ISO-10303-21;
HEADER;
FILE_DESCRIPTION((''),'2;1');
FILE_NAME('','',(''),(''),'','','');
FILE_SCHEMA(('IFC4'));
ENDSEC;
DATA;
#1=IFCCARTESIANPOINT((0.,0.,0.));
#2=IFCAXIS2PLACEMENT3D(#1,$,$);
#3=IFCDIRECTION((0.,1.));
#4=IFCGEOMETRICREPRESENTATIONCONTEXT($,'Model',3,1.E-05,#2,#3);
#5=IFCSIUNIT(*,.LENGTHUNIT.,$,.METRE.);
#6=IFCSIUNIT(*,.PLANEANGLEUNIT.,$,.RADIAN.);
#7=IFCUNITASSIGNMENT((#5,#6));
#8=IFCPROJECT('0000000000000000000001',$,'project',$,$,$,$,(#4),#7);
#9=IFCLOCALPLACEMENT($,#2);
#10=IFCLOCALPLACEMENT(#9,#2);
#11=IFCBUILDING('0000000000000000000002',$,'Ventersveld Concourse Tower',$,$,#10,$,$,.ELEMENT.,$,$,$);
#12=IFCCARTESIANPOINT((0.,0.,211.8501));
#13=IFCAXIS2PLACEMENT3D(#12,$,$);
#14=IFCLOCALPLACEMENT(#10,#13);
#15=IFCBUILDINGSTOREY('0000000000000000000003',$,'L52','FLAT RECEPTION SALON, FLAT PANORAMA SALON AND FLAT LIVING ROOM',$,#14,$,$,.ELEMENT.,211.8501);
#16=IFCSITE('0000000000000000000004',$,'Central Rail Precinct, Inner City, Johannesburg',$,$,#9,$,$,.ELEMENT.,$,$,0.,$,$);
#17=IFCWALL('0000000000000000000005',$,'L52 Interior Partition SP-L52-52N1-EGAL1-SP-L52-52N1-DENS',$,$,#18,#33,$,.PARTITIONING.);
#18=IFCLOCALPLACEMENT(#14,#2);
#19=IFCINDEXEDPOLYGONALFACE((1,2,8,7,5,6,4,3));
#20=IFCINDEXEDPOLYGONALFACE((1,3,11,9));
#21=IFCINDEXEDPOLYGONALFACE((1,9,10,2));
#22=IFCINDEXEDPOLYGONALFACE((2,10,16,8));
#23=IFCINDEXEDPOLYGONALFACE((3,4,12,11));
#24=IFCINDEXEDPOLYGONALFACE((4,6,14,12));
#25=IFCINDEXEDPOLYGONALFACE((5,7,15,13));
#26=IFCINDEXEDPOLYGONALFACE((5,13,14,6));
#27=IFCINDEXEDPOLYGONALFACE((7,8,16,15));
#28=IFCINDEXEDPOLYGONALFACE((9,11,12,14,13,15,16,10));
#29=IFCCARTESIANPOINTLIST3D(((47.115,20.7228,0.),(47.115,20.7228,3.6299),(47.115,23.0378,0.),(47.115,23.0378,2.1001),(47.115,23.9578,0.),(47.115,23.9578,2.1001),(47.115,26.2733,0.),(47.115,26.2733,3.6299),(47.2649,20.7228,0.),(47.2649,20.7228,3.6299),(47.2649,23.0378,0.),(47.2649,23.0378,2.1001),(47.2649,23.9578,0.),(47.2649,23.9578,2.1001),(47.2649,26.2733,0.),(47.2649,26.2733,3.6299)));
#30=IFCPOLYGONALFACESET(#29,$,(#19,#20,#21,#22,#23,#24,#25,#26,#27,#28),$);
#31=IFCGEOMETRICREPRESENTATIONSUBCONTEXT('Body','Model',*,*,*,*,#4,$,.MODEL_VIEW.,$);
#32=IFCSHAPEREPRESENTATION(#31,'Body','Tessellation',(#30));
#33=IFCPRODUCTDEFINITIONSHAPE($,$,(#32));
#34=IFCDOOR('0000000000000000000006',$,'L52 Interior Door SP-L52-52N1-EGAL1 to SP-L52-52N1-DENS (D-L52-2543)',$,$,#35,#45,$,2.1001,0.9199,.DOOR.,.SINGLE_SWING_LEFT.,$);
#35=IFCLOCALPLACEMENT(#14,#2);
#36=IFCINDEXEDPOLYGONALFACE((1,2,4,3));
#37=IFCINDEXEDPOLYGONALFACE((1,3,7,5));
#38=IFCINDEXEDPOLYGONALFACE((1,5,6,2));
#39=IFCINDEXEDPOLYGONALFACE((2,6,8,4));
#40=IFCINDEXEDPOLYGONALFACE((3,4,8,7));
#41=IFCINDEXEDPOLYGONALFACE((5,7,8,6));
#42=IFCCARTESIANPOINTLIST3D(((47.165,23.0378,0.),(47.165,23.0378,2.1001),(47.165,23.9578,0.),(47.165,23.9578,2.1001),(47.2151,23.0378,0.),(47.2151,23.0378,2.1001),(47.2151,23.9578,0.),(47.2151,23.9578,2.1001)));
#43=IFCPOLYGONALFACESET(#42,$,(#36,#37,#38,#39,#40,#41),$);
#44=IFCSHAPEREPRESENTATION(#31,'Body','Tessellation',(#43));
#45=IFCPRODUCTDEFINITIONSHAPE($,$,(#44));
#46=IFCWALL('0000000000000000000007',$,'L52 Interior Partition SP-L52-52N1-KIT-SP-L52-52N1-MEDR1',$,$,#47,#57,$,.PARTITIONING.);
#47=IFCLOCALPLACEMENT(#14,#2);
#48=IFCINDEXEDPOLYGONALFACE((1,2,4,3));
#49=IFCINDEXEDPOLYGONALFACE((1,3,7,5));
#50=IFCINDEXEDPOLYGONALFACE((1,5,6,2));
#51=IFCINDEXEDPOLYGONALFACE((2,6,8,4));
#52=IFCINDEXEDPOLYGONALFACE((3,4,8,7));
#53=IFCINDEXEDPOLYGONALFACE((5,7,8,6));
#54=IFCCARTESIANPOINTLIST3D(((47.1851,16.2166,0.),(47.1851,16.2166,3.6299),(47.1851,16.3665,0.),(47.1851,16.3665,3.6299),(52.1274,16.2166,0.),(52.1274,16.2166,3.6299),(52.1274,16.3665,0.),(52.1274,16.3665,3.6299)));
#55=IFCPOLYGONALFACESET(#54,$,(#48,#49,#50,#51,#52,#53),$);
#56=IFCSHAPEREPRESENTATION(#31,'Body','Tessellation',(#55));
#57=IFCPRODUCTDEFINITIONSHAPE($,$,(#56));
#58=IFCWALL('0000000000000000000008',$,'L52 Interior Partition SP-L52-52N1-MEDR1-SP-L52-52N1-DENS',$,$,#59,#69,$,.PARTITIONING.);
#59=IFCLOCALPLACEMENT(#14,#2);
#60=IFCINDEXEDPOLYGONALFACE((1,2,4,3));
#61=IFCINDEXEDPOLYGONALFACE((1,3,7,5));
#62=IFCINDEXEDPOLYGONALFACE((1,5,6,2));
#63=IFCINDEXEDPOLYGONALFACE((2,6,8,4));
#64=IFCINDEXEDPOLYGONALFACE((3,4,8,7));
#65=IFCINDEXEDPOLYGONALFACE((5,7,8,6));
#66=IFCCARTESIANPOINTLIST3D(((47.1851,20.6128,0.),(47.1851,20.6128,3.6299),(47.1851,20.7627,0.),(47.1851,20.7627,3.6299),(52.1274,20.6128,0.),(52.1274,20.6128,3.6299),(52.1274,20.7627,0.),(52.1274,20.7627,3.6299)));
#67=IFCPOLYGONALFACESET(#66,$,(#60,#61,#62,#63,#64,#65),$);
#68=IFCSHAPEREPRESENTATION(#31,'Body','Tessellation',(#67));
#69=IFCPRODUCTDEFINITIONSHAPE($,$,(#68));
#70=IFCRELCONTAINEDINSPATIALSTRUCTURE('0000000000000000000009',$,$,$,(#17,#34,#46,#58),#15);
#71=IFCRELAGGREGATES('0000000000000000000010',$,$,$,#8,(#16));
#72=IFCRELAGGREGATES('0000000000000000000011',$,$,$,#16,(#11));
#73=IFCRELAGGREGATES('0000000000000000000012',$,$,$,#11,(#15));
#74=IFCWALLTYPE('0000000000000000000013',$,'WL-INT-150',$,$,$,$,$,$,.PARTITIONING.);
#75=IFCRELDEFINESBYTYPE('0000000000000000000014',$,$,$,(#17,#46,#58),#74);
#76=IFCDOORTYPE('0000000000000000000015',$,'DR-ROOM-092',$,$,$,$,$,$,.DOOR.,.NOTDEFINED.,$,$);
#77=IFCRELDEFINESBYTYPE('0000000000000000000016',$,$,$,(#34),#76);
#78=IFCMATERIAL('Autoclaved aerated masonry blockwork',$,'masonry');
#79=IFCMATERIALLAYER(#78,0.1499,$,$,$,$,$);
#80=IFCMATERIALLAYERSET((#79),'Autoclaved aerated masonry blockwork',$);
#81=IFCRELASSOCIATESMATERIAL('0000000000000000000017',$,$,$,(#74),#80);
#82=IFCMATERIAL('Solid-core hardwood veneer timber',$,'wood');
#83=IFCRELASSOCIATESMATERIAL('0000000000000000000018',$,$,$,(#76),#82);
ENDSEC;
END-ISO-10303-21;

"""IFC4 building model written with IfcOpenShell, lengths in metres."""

from ifc_helpers import new_model, si_unit, direction, frame, frame_2d, origin, place, context, subcontext, project, spatial, rectangle, extrude, material, layer, layer_set, type_object, element, fill, save


model = new_model("IFC4")

# Units and contexts
model_context = context("Model", 3, precision=1e-05, world=origin(), true_north=direction((0.0, 1.0)))
body_context = subcontext(model_context, "Body", "Model", "MODEL_VIEW")
ifc_project = project(units=[si_unit("LENGTHUNIT", "METRE"), si_unit("PLANEANGLEUNIT", "RADIAN")], contexts=[model_context])

# Site, building, storey
site_placement = place(None, origin())
site = spatial("IfcSite", under=ifc_project, at=site_placement, Name="Central Rail Precinct, Inner City, Johannesburg", CompositionType="ELEMENT", RefElevation=0.0)
building_placement = place(site_placement, origin())
building = spatial("IfcBuilding", under=site, at=building_placement, Name="Ventersveld Concourse Tower", CompositionType="ELEMENT")
storey_placement = place(building_placement, frame((0.0, 0.0, 211.8501)))
storey = spatial("IfcBuildingStorey", under=building, at=storey_placement, Name="L52", Description="FLAT RECEPTION SALON, FLAT PANORAMA SALON AND FLAT LIVING ROOM", CompositionType="ELEMENT", Elevation=211.8501)

# Wall, opening, door
ifc_material_1 = material(Name="Autoclaved aerated masonry blockwork", Category="masonry")
ifc_layer_1 = layer(ifc_material_1, 0.1499)
ifc_layer_set_1 = layer_set([ifc_layer_1], Name="Autoclaved aerated masonry blockwork")
wall_type_1 = type_object("IfcWallType", Name="WL-INT-150", PredefinedType="PARTITIONING", material=ifc_layer_set_1)
ifc_material_2 = material(Name="Solid-core hardwood veneer timber", Category="wood")
door_type_1 = type_object("IfcDoorType", Name="DR-ROOM-092", OperationType="NOTDEFINED", PredefinedType="DOOR", material=ifc_material_2)
wall_1_placement = place(storey_placement, frame((47.1899, 20.7227, 0.0), z_axis=(0.0, 0.0, 1.0), x_axis=(0.0, 1.0, 0.0)))
wall_1 = element("IfcWall", 1, at=wall_1_placement, inside=storey, type_object=wall_type_1, Name="L52 Interior Partition SP-L52-52N1-EGAL1-SP-L52-52N1-DENS", PredefinedType="PARTITIONING", context=body_context, shape_type="SweptSolid", body=[
    extrude(rectangle(XDim=5.5505, YDim=0.1499, at=frame_2d((2.7754, 0.0))), origin(), (0.0, 0.0, 1.0), 3.6299),
])
opening_1_placement = place(wall_1_placement, frame((2.3152, 0.0, 0.0)))
opening_1 = element("IfcOpeningElement", 2, at=opening_1_placement, cuts=wall_1, PredefinedType="OPENING", context=body_context, shape_type="SweptSolid", body=[
    extrude(rectangle(XDim=0.9199, YDim=2.1001, at=frame_2d((0.46, 1.05))), frame((0.0, 0.085, 0.0), z_axis=(0.0, -1.0, 0.0), x_axis=(1.0, 0.0, 0.0)), (0.0, 0.0, 1.0), 0.1699),
])
door_1_placement = place(opening_1_placement, origin())
door_1 = element("IfcDoor", 3, at=door_1_placement, inside=storey, type_object=door_type_1, Name="L52 Interior Door SP-L52-52N1-EGAL1 to SP-L52-52N1-DENS (D-L52-2543)", OperationType="SINGLE_SWING_LEFT", OverallHeight=2.1001, OverallWidth=0.9199, PredefinedType="DOOR", context=body_context, shape_type="SweptSolid", body=[
    extrude(rectangle(XDim=0.9199, YDim=2.1001, at=frame_2d((0.46, 1.05))), frame((0.0, 0.0249, 0.0), z_axis=(0.0, -1.0, 0.0), x_axis=(1.0, 0.0, 0.0)), (0.0, 0.0, 1.0), 0.05),
])
fill(opening_1, door_1)

# Walls
for number, where, z_axis, x_axis, name in (
    (4, (47.1851, 16.2915, 0.0), (0.0, 0.0, 1.0), (1.0, 0.0, 0.0), "L52 Interior Partition SP-L52-52N1-KIT-SP-L52-52N1-MEDR1"),
    (5, (47.1851, 20.6877, 0.0), (0.0, 0.0, 1.0), (1.0, 0.0, 0.0), "L52 Interior Partition SP-L52-52N1-MEDR1-SP-L52-52N1-DENS"),
):
    element("IfcWall", number, at=place(storey_placement, frame(where, z_axis=z_axis, x_axis=x_axis)), inside=storey, type_object=wall_type_1, Name=name, PredefinedType="PARTITIONING", context=body_context, shape_type="SweptSolid", body=[
        extrude(rectangle(XDim=4.9424, YDim=0.1499, at=frame_2d((2.4712, 0.0))), origin(), (0.0, 0.0, 1.0), 3.6299),
    ])

save(model, "model.ifc")
